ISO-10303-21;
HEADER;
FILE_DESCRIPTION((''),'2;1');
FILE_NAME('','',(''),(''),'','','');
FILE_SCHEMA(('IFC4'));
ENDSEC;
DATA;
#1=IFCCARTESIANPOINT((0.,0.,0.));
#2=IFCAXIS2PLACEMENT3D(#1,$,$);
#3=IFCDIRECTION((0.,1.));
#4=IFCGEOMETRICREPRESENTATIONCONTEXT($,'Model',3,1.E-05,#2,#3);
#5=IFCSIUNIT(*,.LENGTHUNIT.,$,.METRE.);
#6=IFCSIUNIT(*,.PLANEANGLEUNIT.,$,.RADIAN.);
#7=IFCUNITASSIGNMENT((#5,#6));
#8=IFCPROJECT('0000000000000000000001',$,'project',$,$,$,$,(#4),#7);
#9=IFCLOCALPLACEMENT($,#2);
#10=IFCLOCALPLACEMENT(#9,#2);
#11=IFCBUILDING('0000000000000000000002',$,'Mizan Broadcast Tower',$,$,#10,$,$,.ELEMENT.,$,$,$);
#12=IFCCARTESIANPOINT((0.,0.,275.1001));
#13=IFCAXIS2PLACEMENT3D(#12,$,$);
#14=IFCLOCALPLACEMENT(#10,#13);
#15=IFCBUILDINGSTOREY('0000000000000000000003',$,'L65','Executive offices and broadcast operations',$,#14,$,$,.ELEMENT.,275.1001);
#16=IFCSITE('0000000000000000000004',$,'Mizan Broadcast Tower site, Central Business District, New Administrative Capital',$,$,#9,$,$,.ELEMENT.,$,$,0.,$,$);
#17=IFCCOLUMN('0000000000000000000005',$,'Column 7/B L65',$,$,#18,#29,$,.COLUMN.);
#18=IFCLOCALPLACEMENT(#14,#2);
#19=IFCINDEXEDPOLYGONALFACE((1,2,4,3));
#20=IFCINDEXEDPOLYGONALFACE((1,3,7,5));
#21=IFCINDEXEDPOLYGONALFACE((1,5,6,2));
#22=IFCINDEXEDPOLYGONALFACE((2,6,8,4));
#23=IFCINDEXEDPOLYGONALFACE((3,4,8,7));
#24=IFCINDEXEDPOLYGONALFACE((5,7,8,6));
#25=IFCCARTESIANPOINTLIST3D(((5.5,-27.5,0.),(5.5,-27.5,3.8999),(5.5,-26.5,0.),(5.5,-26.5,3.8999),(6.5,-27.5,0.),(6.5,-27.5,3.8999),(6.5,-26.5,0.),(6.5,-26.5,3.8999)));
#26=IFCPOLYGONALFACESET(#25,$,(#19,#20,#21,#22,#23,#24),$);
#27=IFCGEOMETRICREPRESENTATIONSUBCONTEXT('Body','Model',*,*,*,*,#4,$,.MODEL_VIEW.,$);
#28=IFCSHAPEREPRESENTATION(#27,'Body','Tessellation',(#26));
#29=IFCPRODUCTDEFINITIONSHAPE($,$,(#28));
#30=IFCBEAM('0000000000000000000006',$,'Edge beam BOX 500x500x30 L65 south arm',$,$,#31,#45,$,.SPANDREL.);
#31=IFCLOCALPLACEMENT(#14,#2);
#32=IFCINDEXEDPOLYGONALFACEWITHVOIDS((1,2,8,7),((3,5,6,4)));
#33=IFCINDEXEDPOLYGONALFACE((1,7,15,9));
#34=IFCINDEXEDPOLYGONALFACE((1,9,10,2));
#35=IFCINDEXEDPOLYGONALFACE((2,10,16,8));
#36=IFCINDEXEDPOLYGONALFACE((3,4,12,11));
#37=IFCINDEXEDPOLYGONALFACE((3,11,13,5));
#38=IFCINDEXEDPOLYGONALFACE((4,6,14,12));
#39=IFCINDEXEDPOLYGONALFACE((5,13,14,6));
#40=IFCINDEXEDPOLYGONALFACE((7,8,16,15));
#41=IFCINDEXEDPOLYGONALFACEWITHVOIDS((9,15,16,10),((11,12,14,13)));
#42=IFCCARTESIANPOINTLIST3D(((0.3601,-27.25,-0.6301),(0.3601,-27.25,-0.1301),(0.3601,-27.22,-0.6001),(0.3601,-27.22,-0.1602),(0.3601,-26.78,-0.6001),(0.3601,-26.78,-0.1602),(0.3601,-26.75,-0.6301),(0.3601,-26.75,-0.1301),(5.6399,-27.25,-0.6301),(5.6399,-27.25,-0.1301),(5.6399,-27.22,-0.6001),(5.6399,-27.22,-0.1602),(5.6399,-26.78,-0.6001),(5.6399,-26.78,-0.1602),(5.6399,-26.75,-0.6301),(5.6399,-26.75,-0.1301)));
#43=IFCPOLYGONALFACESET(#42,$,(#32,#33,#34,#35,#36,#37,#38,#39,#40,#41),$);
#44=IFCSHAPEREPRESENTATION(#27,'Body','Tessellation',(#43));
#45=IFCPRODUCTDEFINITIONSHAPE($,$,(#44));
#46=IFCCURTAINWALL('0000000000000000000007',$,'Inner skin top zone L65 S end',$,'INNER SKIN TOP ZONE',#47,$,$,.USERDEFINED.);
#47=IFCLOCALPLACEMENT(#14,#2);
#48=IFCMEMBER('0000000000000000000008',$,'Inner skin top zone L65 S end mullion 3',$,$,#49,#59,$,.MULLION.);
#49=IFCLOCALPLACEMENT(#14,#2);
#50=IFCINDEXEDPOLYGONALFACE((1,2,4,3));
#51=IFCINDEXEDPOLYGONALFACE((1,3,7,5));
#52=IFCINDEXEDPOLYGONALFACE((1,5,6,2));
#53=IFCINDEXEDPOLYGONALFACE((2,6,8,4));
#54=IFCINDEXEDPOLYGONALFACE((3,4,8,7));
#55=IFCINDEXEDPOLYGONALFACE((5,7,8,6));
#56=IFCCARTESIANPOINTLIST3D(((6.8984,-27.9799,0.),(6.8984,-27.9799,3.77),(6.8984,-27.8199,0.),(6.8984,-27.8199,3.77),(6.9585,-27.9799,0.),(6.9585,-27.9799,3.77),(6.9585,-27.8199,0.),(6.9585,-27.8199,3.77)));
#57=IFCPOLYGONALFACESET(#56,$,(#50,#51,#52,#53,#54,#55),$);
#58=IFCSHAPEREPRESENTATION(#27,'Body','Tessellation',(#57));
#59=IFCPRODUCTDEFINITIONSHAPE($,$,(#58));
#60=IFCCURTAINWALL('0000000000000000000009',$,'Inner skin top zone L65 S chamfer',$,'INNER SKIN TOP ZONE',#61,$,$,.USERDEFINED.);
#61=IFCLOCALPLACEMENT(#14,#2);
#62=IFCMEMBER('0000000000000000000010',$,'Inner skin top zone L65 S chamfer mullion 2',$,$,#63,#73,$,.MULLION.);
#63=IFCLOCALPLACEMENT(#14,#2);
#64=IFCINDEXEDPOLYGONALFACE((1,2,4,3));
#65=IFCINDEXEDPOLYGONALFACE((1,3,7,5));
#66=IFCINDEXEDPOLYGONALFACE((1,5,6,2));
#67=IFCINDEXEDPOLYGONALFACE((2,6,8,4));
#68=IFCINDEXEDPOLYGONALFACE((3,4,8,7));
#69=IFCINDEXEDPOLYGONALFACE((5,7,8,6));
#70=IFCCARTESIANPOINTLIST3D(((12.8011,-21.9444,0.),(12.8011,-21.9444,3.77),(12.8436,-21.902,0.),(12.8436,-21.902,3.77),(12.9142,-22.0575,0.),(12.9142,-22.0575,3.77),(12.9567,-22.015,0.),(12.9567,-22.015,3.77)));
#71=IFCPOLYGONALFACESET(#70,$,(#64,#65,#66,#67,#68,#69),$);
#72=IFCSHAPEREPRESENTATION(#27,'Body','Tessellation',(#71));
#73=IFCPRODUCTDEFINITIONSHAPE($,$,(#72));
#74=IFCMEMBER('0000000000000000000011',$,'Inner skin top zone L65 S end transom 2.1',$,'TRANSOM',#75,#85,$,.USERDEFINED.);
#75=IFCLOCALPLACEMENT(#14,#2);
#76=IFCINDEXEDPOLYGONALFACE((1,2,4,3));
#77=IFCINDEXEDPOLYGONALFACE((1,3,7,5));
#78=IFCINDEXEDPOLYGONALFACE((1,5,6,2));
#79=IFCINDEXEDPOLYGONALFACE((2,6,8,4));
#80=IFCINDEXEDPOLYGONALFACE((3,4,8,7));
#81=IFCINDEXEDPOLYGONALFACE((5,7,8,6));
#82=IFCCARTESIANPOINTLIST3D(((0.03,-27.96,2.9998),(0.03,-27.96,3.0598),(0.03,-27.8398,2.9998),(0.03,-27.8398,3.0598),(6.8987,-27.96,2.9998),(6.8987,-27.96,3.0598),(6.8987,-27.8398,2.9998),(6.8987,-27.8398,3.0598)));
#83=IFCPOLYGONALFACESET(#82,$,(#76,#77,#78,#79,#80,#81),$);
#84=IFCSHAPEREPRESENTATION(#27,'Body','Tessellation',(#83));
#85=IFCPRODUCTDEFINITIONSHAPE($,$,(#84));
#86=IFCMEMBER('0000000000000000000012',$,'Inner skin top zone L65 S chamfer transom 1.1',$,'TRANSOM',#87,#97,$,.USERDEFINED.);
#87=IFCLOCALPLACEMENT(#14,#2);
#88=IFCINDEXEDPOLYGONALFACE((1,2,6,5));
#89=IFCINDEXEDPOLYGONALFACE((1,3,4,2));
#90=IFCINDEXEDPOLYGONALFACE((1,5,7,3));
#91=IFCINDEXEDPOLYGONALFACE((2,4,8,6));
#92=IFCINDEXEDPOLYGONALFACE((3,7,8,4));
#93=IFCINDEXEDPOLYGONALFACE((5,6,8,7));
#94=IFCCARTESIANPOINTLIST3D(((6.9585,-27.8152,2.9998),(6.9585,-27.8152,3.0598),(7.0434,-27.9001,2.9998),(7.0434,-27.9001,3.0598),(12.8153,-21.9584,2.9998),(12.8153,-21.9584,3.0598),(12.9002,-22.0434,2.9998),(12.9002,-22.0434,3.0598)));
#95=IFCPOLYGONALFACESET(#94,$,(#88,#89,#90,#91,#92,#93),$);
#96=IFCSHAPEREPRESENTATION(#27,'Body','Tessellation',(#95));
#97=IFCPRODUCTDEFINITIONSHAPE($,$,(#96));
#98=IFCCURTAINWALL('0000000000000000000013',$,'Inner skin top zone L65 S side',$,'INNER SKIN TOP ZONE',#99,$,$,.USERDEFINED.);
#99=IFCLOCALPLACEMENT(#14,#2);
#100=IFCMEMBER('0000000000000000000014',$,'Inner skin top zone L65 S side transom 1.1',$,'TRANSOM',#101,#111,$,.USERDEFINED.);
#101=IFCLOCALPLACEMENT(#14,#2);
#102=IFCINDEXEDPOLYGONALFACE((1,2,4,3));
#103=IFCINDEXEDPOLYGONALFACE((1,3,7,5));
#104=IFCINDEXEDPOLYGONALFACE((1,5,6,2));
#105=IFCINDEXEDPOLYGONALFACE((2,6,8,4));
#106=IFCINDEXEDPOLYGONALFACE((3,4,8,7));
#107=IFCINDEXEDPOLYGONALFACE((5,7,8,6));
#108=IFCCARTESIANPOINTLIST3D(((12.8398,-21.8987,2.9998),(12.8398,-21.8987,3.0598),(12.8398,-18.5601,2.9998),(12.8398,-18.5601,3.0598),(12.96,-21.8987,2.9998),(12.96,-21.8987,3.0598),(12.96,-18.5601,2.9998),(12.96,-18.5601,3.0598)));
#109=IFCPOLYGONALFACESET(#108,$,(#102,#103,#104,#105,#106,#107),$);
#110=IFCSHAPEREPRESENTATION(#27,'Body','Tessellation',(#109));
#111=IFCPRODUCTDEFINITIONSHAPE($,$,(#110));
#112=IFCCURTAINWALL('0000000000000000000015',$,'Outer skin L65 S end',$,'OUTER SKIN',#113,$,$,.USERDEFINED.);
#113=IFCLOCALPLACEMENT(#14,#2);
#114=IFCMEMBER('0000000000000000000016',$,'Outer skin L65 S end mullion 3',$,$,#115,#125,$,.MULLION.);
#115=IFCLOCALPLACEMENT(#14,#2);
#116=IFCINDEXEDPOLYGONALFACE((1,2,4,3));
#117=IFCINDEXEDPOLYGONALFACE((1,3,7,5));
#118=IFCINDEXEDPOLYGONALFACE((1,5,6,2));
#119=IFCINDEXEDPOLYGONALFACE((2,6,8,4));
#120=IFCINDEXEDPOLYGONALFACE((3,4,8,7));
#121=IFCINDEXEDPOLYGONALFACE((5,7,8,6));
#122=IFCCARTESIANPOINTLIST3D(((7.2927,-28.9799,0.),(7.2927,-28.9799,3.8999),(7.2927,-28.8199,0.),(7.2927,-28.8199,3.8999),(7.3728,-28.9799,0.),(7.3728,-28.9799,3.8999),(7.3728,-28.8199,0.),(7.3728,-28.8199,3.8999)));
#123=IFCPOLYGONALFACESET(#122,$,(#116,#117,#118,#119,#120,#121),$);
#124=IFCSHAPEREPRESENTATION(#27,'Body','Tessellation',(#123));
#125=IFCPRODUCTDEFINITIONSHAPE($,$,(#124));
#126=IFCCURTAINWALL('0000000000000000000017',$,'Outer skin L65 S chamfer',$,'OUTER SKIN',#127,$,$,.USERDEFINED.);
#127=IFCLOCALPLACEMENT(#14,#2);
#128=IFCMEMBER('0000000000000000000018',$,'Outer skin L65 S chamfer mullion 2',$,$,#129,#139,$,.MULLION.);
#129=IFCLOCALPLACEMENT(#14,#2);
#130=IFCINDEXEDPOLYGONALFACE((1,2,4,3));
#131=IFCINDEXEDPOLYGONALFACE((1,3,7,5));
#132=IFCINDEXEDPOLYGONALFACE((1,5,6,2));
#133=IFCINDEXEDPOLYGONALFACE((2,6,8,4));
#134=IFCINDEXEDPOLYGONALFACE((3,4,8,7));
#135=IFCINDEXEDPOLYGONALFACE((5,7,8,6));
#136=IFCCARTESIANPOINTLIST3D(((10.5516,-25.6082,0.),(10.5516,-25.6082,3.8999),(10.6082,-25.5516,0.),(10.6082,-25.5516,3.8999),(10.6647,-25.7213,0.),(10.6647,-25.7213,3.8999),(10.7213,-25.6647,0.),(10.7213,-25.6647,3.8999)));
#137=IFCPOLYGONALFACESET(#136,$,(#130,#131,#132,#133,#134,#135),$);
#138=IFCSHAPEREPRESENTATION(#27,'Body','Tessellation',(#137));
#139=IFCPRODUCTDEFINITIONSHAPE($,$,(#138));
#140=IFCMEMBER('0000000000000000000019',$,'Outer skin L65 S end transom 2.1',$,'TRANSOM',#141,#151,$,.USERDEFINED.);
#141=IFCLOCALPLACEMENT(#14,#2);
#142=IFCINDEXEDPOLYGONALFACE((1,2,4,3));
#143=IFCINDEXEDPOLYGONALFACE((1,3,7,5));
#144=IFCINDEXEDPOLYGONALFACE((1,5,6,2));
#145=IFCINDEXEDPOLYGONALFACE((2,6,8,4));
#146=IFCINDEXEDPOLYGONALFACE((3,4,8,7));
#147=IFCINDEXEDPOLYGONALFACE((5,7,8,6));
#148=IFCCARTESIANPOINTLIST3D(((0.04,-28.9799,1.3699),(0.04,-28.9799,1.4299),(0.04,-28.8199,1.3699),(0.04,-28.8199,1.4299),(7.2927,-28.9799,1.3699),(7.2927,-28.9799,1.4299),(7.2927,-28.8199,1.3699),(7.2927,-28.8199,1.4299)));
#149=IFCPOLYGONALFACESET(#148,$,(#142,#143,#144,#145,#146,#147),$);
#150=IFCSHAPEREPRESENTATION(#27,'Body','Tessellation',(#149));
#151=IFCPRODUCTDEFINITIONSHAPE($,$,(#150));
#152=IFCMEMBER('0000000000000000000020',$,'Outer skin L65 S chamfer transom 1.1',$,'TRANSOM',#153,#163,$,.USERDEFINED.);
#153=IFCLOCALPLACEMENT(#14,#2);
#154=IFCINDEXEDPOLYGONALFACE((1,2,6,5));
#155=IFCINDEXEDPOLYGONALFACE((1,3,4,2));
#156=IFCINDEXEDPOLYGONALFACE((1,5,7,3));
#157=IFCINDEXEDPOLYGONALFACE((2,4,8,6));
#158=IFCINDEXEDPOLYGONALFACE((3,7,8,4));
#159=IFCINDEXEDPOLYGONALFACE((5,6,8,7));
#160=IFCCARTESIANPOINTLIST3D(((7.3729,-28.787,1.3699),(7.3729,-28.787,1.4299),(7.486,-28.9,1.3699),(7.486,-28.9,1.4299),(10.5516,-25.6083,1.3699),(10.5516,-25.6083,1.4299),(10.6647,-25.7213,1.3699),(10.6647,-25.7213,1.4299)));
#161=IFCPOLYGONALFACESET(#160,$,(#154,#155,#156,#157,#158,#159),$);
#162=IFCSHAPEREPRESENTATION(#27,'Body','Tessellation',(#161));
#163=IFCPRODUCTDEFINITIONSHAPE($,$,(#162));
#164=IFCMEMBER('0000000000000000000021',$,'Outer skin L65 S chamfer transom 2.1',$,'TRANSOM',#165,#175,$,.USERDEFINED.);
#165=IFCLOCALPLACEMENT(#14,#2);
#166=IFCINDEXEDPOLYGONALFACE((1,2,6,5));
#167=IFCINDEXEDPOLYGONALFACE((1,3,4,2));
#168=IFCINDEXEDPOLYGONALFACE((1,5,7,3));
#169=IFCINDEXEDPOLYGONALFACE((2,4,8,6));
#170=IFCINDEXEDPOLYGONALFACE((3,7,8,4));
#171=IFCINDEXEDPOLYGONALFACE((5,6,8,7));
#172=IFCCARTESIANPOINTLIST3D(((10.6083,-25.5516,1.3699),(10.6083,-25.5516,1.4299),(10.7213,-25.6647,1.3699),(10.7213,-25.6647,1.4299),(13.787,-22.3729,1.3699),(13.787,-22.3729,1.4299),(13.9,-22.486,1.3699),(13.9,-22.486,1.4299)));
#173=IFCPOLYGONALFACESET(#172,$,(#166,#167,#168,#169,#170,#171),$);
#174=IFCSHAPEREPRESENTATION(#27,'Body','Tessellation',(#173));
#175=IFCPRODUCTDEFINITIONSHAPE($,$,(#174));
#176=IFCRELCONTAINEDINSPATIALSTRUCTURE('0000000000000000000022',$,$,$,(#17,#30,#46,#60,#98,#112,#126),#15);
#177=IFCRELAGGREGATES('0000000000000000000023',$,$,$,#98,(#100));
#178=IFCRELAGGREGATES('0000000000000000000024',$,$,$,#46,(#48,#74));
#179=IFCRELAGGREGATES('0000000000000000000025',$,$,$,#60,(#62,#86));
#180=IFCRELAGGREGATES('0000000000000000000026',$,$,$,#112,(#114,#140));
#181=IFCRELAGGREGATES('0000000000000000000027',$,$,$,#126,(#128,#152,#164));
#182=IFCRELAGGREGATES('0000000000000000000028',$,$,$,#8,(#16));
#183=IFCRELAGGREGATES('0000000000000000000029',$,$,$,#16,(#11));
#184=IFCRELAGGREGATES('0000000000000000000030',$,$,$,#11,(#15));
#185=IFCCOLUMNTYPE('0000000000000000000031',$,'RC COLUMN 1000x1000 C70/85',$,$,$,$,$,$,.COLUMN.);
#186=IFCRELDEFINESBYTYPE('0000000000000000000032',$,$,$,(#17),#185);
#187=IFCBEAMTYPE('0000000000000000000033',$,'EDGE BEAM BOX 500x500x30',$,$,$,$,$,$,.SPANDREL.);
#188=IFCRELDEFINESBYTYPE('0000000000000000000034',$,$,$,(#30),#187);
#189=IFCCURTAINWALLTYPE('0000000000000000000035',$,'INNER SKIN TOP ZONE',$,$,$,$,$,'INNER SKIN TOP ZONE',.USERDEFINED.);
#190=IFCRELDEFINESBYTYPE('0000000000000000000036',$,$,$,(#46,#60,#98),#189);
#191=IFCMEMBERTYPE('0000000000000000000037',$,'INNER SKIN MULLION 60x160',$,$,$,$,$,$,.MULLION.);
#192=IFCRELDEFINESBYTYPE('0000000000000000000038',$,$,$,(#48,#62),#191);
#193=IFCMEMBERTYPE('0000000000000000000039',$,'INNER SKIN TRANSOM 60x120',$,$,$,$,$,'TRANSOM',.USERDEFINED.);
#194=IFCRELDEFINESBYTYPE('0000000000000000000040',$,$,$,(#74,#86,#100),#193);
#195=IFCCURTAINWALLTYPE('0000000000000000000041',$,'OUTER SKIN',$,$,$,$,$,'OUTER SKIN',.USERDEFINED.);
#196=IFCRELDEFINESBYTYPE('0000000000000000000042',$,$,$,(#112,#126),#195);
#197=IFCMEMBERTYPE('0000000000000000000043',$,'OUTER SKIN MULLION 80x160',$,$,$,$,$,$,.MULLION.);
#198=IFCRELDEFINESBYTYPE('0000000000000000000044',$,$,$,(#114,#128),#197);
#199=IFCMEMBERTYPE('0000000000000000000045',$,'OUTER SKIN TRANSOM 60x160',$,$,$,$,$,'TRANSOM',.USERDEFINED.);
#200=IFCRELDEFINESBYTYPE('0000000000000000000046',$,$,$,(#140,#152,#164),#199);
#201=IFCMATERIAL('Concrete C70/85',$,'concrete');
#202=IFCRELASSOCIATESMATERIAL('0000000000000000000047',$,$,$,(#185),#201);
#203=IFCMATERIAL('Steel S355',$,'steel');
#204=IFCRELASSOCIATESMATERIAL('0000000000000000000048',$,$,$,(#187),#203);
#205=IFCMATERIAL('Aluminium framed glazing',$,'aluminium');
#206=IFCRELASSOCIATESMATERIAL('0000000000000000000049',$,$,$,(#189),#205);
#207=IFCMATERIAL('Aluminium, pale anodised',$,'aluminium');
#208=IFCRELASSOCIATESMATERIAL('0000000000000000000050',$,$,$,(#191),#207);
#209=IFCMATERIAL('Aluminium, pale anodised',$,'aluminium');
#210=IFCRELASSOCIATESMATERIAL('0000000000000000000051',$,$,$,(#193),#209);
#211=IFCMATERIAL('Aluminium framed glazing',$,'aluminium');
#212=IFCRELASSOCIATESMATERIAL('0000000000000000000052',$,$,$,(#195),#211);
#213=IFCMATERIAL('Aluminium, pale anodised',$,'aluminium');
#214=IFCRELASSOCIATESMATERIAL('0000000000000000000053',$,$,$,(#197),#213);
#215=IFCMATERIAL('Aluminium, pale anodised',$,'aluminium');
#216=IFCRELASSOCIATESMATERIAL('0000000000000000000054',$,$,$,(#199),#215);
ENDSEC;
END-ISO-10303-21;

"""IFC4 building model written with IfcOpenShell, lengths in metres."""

from ifc_helpers import new_model, si_unit, direction, frame, origin, origin_2d, place, context, subcontext, project, spatial, rectangle, hollow_rectangle, extrude, material, material_profile, profile_set, type_object, element, aggregate, save


model = new_model("IFC4")

# Units and contexts
model_context = context("Model", 3, precision=1e-05, world=origin(), true_north=direction((0.0, 1.0)))
body_context = subcontext(model_context, "Body", "Model", "MODEL_VIEW")
ifc_project = project(units=[si_unit("LENGTHUNIT", "METRE"), si_unit("PLANEANGLEUNIT", "RADIAN")], contexts=[model_context])

# Site, building, storey
site_placement = place(None, origin())
site = spatial("IfcSite", under=ifc_project, at=site_placement, Name="Mizan Broadcast Tower site, Central Business District, New Administrative Capital", CompositionType="ELEMENT", RefElevation=0.0)
building_placement = place(site_placement, origin())
building = spatial("IfcBuilding", under=site, at=building_placement, Name="Mizan Broadcast Tower", CompositionType="ELEMENT")
storey_placement = place(building_placement, frame((0.0, 0.0, 275.1001)))
storey = spatial("IfcBuildingStorey", under=building, at=storey_placement, Name="L65", Description="Executive offices and broadcast operations", CompositionType="ELEMENT", Elevation=275.1001)

# Column
ifc_material_1 = material(Name="Concrete C70/85", Category="concrete")
ifc_material_profile_1 = material_profile(ifc_material_1, rectangle(XDim=1.0, YDim=1.0, at=origin_2d()), Name="RC 1000x1000")
ifc_profile_set_1 = profile_set([ifc_material_profile_1], Name="Concrete C70/85")
column_type = type_object("IfcColumnType", Name="RC COLUMN 1000x1000 C70/85", PredefinedType="COLUMN", material=ifc_profile_set_1)
column_placement = place(storey_placement, frame((6.0, -27.0, 0.0), z_axis=(0.0, 0.0, 1.0), x_axis=(1.0, 0.0, 0.0)))
element("IfcColumn", 1, at=column_placement, inside=storey, type_object=column_type, Name="Column 7/B L65", PredefinedType="COLUMN", context=body_context, shape_type="SweptSolid", body=[
    extrude(rectangle(XDim=1.0, YDim=1.0, at=origin_2d()), origin(), (0.0, 0.0, 1.0), 3.8999),
])

# Beam
ifc_material_2 = material(Name="Steel S355", Category="steel")
ifc_material_profile_2 = material_profile(ifc_material_2, hollow_rectangle(XDim=0.5, YDim=0.5, WallThickness=0.03, at=origin_2d()), Name="BOX 500x500x30")
ifc_profile_set_2 = profile_set([ifc_material_profile_2], Name="Steel S355")
beam_type_1 = type_object("IfcBeamType", Name="EDGE BEAM BOX 500x500x30", PredefinedType="SPANDREL", material=ifc_profile_set_2)
beam_1_placement = place(storey_placement, frame((5.6399, -27.0, -0.3801), z_axis=(-1.0, 0.0, 0.0), x_axis=(0.0, -1.0, 0.0)))
element("IfcBeam", 2, at=beam_1_placement, inside=storey, type_object=beam_type_1, Name="Edge beam BOX 500x500x30 L65 south arm", PredefinedType="SPANDREL", context=body_context, shape_type="SweptSolid", body=[
    extrude(hollow_rectangle(XDim=0.5, YDim=0.5, WallThickness=0.03, at=origin_2d()), origin(), (0.0, 0.0, 1.0), 5.2798),
])

# Curtain walls, members
ifc_material_3 = material(Name="Aluminium framed glazing", Category="aluminium")
curtain_wall_type_1 = type_object("IfcCurtainWallType", Name="INNER SKIN TOP ZONE", ElementType="INNER SKIN TOP ZONE", PredefinedType="USERDEFINED", material=ifc_material_3)
curtain_wall_1_placement = place(storey_placement, origin())
curtain_wall_1 = element("IfcCurtainWall", 3, at=curtain_wall_1_placement, inside=storey, type_object=curtain_wall_type_1, Name="Inner skin top zone L65 S end", ObjectType="INNER SKIN TOP ZONE", PredefinedType="USERDEFINED")
ifc_material_4 = material(Name="Aluminium, pale anodised", Category="aluminium")
ifc_material_profile_3 = material_profile(ifc_material_4, rectangle(XDim=0.1599, YDim=0.0601, at=origin_2d()), Name="MULLION 160x60")
ifc_profile_set_3 = profile_set([ifc_material_profile_3], Name="Aluminium, pale anodised")
member_type_1 = type_object("IfcMemberType", Name="INNER SKIN MULLION 60x160", PredefinedType="MULLION", material=ifc_profile_set_3)
member_1_placement = place(storey_placement, frame((6.9285, -27.8999, 0.0), z_axis=(0.0, 0.0, 1.0), x_axis=(0.0, 1.0, 0.0)))
member_1 = element("IfcMember", 4, at=member_1_placement, type_object=member_type_1, Name="Inner skin top zone L65 S end mullion 3", PredefinedType="MULLION", context=body_context, shape_type="SweptSolid", body=[
    extrude(rectangle(XDim=0.1599, YDim=0.0601, at=origin_2d()), origin(), (0.0, 0.0, 1.0), 3.77),
])
curtain_wall_2_placement = place(storey_placement, origin())
curtain_wall_2 = element("IfcCurtainWall", 5, at=curtain_wall_2_placement, inside=storey, type_object=curtain_wall_type_1, Name="Inner skin top zone L65 S chamfer", ObjectType="INNER SKIN TOP ZONE", PredefinedType="USERDEFINED")
member_2_placement = place(storey_placement, frame((12.8789, -21.9797, 0.0), z_axis=(0.0, 0.0, 1.0), x_axis=(-0.707107, 0.707107, 0.0)))
member_2 = element("IfcMember", 6, at=member_2_placement, type_object=member_type_1, Name="Inner skin top zone L65 S chamfer mullion 2", PredefinedType="MULLION", context=body_context, shape_type="SweptSolid", body=[
    extrude(rectangle(XDim=0.1599, YDim=0.0601, at=origin_2d()), origin(), (0.0, 0.0, 1.0), 3.77),
])

# Members
ifc_material_5 = material(Name="Aluminium, pale anodised", Category="aluminium")
ifc_material_profile_4 = material_profile(ifc_material_5, rectangle(XDim=0.1201, YDim=0.0601, at=origin_2d()), Name="TRANSOM 120x60")
ifc_profile_set_4 = profile_set([ifc_material_profile_4], Name="Aluminium, pale anodised")
member_type_2 = type_object("IfcMemberType", Name="INNER SKIN TRANSOM 60x120", ElementType="TRANSOM", PredefinedType="USERDEFINED", material=ifc_profile_set_4)
member_3_placement = place(storey_placement, frame((0.03, -27.8999, 3.0298), z_axis=(1.0, 0.0, 0.0), x_axis=(0.0, 1.0, 0.0)))
member_3 = element("IfcMember", 7, at=member_3_placement, type_object=member_type_2, Name="Inner skin top zone L65 S end transom 2.1", ObjectType="TRANSOM", PredefinedType="USERDEFINED", context=body_context, shape_type="SweptSolid", body=[
    extrude(rectangle(XDim=0.1201, YDim=0.0601, at=origin_2d()), origin(), (0.0, 0.0, 1.0), 6.8687),
])
member_4_placement = place(storey_placement, frame((7.001, -27.8577, 3.0298), z_axis=(0.707107, 0.707107, 0.0), x_axis=(-0.707107, 0.707107, 0.0)))
member_4 = element("IfcMember", 8, at=member_4_placement, type_object=member_type_2, Name="Inner skin top zone L65 S chamfer transom 1.1", ObjectType="TRANSOM", PredefinedType="USERDEFINED", context=body_context, shape_type="SweptSolid", body=[
    extrude(rectangle(XDim=0.1201, YDim=0.0601, at=origin_2d()), origin(), (0.0, 0.0, 1.0), 8.2827),
])

# Curtain walls, members
curtain_wall_3_placement = place(storey_placement, origin())
curtain_wall_3 = element("IfcCurtainWall", 9, at=curtain_wall_3_placement, inside=storey, type_object=curtain_wall_type_1, Name="Inner skin top zone L65 S side", ObjectType="INNER SKIN TOP ZONE", PredefinedType="USERDEFINED")
member_5_placement = place(storey_placement, frame((12.8999, -21.8987, 3.0298), z_axis=(0.0, 1.0, 0.0), x_axis=(-1.0, 0.0, 0.0)))
member_5 = element("IfcMember", 10, at=member_5_placement, type_object=member_type_2, Name="Inner skin top zone L65 S side transom 1.1", ObjectType="TRANSOM", PredefinedType="USERDEFINED", context=body_context, shape_type="SweptSolid", body=[
    extrude(rectangle(XDim=0.1201, YDim=0.0601, at=origin_2d()), origin(), (0.0, 0.0, 1.0), 3.3386),
])
aggregate(curtain_wall_3, [member_5])
ifc_material_6 = material(Name="Aluminium framed glazing", Category="aluminium")
curtain_wall_type_2 = type_object("IfcCurtainWallType", Name="OUTER SKIN", ElementType="OUTER SKIN", PredefinedType="USERDEFINED", material=ifc_material_6)
curtain_wall_4_placement = place(storey_placement, origin())
curtain_wall_4 = element("IfcCurtainWall", 11, at=curtain_wall_4_placement, inside=storey, type_object=curtain_wall_type_2, Name="Outer skin L65 S end", ObjectType="OUTER SKIN", PredefinedType="USERDEFINED")
ifc_material_7 = material(Name="Aluminium, pale anodised", Category="aluminium")
ifc_material_profile_5 = material_profile(ifc_material_7, rectangle(XDim=0.1599, YDim=0.0801, at=origin_2d()), Name="MULLION 160x80")
ifc_profile_set_5 = profile_set([ifc_material_profile_5], Name="Aluminium, pale anodised")
member_type_3 = type_object("IfcMemberType", Name="OUTER SKIN MULLION 80x160", PredefinedType="MULLION", material=ifc_profile_set_5)
member_6_placement = place(storey_placement, frame((7.3328, -28.8999, 0.0), z_axis=(0.0, 0.0, 1.0), x_axis=(0.0, 1.0, 0.0)))
member_6 = element("IfcMember", 12, at=member_6_placement, type_object=member_type_3, Name="Outer skin L65 S end mullion 3", PredefinedType="MULLION", context=body_context, shape_type="SweptSolid", body=[
    extrude(rectangle(XDim=0.1599, YDim=0.0801, at=origin_2d()), origin(), (0.0, 0.0, 1.0), 3.8999),
])
curtain_wall_5_placement = place(storey_placement, origin())
curtain_wall_5 = element("IfcCurtainWall", 13, at=curtain_wall_5_placement, inside=storey, type_object=curtain_wall_type_2, Name="Outer skin L65 S chamfer", ObjectType="OUTER SKIN", PredefinedType="USERDEFINED")
member_7_placement = place(storey_placement, frame((10.6365, -25.6365, 0.0), z_axis=(0.0, 0.0, 1.0), x_axis=(-0.707107, 0.707107, 0.0)))
member_7 = element("IfcMember", 14, at=member_7_placement, type_object=member_type_3, Name="Outer skin L65 S chamfer mullion 2", PredefinedType="MULLION", context=body_context, shape_type="SweptSolid", body=[
    extrude(rectangle(XDim=0.1599, YDim=0.0801, at=origin_2d()), origin(), (0.0, 0.0, 1.0), 3.8999),
])

# Members
ifc_material_8 = material(Name="Aluminium, pale anodised", Category="aluminium")
ifc_material_profile_6 = material_profile(ifc_material_8, rectangle(XDim=0.1599, YDim=0.0601, at=origin_2d()), Name="TRANSOM 160x60")
ifc_profile_set_6 = profile_set([ifc_material_profile_6], Name="Aluminium, pale anodised")
member_type_4 = type_object("IfcMemberType", Name="OUTER SKIN TRANSOM 60x160", ElementType="TRANSOM", PredefinedType="USERDEFINED", material=ifc_profile_set_6)
member_8_placement = place(storey_placement, frame((0.04, -28.8999, 1.3999), z_axis=(1.0, 0.0, 0.0), x_axis=(0.0, 1.0, 0.0)))
member_8 = element("IfcMember", 15, at=member_8_placement, type_object=member_type_4, Name="Outer skin L65 S end transom 2.1", ObjectType="TRANSOM", PredefinedType="USERDEFINED", context=body_context, shape_type="SweptSolid", body=[
    extrude(rectangle(XDim=0.1599, YDim=0.0601, at=origin_2d()), origin(), (0.0, 0.0, 1.0), 7.2527),
])
member_9_placement = place(storey_placement, frame((7.4294, -28.8435, 1.3999), z_axis=(0.707107, 0.707107, 0.0), x_axis=(-0.707107, 0.707107, 0.0)))
member_9 = element("IfcMember", 16, at=member_9_placement, type_object=member_type_4, Name="Outer skin L65 S chamfer transom 1.1", ObjectType="TRANSOM", PredefinedType="USERDEFINED", context=body_context, shape_type="SweptSolid", body=[
    extrude(rectangle(XDim=0.1599, YDim=0.0601, at=origin_2d()), origin(), (0.0, 0.0, 1.0), 4.4954),
])
member_10_placement = place(storey_placement, frame((10.6648, -25.6082, 1.3999), z_axis=(0.707107, 0.707107, 0.0), x_axis=(-0.707107, 0.707107, 0.0)))
member_10 = element("IfcMember", 17, at=member_10_placement, type_object=member_type_4, Name="Outer skin L65 S chamfer transom 2.1", ObjectType="TRANSOM", PredefinedType="USERDEFINED", context=body_context, shape_type="SweptSolid", body=[
    extrude(rectangle(XDim=0.1599, YDim=0.0601, at=origin_2d()), origin(), (0.0, 0.0, 1.0), 4.4954),
])

aggregate(curtain_wall_1, [member_1, member_3])
aggregate(curtain_wall_2, [member_2, member_4])
aggregate(curtain_wall_4, [member_6, member_8])
aggregate(curtain_wall_5, [member_7, member_9, member_10])

save(model, "model.ifc")
